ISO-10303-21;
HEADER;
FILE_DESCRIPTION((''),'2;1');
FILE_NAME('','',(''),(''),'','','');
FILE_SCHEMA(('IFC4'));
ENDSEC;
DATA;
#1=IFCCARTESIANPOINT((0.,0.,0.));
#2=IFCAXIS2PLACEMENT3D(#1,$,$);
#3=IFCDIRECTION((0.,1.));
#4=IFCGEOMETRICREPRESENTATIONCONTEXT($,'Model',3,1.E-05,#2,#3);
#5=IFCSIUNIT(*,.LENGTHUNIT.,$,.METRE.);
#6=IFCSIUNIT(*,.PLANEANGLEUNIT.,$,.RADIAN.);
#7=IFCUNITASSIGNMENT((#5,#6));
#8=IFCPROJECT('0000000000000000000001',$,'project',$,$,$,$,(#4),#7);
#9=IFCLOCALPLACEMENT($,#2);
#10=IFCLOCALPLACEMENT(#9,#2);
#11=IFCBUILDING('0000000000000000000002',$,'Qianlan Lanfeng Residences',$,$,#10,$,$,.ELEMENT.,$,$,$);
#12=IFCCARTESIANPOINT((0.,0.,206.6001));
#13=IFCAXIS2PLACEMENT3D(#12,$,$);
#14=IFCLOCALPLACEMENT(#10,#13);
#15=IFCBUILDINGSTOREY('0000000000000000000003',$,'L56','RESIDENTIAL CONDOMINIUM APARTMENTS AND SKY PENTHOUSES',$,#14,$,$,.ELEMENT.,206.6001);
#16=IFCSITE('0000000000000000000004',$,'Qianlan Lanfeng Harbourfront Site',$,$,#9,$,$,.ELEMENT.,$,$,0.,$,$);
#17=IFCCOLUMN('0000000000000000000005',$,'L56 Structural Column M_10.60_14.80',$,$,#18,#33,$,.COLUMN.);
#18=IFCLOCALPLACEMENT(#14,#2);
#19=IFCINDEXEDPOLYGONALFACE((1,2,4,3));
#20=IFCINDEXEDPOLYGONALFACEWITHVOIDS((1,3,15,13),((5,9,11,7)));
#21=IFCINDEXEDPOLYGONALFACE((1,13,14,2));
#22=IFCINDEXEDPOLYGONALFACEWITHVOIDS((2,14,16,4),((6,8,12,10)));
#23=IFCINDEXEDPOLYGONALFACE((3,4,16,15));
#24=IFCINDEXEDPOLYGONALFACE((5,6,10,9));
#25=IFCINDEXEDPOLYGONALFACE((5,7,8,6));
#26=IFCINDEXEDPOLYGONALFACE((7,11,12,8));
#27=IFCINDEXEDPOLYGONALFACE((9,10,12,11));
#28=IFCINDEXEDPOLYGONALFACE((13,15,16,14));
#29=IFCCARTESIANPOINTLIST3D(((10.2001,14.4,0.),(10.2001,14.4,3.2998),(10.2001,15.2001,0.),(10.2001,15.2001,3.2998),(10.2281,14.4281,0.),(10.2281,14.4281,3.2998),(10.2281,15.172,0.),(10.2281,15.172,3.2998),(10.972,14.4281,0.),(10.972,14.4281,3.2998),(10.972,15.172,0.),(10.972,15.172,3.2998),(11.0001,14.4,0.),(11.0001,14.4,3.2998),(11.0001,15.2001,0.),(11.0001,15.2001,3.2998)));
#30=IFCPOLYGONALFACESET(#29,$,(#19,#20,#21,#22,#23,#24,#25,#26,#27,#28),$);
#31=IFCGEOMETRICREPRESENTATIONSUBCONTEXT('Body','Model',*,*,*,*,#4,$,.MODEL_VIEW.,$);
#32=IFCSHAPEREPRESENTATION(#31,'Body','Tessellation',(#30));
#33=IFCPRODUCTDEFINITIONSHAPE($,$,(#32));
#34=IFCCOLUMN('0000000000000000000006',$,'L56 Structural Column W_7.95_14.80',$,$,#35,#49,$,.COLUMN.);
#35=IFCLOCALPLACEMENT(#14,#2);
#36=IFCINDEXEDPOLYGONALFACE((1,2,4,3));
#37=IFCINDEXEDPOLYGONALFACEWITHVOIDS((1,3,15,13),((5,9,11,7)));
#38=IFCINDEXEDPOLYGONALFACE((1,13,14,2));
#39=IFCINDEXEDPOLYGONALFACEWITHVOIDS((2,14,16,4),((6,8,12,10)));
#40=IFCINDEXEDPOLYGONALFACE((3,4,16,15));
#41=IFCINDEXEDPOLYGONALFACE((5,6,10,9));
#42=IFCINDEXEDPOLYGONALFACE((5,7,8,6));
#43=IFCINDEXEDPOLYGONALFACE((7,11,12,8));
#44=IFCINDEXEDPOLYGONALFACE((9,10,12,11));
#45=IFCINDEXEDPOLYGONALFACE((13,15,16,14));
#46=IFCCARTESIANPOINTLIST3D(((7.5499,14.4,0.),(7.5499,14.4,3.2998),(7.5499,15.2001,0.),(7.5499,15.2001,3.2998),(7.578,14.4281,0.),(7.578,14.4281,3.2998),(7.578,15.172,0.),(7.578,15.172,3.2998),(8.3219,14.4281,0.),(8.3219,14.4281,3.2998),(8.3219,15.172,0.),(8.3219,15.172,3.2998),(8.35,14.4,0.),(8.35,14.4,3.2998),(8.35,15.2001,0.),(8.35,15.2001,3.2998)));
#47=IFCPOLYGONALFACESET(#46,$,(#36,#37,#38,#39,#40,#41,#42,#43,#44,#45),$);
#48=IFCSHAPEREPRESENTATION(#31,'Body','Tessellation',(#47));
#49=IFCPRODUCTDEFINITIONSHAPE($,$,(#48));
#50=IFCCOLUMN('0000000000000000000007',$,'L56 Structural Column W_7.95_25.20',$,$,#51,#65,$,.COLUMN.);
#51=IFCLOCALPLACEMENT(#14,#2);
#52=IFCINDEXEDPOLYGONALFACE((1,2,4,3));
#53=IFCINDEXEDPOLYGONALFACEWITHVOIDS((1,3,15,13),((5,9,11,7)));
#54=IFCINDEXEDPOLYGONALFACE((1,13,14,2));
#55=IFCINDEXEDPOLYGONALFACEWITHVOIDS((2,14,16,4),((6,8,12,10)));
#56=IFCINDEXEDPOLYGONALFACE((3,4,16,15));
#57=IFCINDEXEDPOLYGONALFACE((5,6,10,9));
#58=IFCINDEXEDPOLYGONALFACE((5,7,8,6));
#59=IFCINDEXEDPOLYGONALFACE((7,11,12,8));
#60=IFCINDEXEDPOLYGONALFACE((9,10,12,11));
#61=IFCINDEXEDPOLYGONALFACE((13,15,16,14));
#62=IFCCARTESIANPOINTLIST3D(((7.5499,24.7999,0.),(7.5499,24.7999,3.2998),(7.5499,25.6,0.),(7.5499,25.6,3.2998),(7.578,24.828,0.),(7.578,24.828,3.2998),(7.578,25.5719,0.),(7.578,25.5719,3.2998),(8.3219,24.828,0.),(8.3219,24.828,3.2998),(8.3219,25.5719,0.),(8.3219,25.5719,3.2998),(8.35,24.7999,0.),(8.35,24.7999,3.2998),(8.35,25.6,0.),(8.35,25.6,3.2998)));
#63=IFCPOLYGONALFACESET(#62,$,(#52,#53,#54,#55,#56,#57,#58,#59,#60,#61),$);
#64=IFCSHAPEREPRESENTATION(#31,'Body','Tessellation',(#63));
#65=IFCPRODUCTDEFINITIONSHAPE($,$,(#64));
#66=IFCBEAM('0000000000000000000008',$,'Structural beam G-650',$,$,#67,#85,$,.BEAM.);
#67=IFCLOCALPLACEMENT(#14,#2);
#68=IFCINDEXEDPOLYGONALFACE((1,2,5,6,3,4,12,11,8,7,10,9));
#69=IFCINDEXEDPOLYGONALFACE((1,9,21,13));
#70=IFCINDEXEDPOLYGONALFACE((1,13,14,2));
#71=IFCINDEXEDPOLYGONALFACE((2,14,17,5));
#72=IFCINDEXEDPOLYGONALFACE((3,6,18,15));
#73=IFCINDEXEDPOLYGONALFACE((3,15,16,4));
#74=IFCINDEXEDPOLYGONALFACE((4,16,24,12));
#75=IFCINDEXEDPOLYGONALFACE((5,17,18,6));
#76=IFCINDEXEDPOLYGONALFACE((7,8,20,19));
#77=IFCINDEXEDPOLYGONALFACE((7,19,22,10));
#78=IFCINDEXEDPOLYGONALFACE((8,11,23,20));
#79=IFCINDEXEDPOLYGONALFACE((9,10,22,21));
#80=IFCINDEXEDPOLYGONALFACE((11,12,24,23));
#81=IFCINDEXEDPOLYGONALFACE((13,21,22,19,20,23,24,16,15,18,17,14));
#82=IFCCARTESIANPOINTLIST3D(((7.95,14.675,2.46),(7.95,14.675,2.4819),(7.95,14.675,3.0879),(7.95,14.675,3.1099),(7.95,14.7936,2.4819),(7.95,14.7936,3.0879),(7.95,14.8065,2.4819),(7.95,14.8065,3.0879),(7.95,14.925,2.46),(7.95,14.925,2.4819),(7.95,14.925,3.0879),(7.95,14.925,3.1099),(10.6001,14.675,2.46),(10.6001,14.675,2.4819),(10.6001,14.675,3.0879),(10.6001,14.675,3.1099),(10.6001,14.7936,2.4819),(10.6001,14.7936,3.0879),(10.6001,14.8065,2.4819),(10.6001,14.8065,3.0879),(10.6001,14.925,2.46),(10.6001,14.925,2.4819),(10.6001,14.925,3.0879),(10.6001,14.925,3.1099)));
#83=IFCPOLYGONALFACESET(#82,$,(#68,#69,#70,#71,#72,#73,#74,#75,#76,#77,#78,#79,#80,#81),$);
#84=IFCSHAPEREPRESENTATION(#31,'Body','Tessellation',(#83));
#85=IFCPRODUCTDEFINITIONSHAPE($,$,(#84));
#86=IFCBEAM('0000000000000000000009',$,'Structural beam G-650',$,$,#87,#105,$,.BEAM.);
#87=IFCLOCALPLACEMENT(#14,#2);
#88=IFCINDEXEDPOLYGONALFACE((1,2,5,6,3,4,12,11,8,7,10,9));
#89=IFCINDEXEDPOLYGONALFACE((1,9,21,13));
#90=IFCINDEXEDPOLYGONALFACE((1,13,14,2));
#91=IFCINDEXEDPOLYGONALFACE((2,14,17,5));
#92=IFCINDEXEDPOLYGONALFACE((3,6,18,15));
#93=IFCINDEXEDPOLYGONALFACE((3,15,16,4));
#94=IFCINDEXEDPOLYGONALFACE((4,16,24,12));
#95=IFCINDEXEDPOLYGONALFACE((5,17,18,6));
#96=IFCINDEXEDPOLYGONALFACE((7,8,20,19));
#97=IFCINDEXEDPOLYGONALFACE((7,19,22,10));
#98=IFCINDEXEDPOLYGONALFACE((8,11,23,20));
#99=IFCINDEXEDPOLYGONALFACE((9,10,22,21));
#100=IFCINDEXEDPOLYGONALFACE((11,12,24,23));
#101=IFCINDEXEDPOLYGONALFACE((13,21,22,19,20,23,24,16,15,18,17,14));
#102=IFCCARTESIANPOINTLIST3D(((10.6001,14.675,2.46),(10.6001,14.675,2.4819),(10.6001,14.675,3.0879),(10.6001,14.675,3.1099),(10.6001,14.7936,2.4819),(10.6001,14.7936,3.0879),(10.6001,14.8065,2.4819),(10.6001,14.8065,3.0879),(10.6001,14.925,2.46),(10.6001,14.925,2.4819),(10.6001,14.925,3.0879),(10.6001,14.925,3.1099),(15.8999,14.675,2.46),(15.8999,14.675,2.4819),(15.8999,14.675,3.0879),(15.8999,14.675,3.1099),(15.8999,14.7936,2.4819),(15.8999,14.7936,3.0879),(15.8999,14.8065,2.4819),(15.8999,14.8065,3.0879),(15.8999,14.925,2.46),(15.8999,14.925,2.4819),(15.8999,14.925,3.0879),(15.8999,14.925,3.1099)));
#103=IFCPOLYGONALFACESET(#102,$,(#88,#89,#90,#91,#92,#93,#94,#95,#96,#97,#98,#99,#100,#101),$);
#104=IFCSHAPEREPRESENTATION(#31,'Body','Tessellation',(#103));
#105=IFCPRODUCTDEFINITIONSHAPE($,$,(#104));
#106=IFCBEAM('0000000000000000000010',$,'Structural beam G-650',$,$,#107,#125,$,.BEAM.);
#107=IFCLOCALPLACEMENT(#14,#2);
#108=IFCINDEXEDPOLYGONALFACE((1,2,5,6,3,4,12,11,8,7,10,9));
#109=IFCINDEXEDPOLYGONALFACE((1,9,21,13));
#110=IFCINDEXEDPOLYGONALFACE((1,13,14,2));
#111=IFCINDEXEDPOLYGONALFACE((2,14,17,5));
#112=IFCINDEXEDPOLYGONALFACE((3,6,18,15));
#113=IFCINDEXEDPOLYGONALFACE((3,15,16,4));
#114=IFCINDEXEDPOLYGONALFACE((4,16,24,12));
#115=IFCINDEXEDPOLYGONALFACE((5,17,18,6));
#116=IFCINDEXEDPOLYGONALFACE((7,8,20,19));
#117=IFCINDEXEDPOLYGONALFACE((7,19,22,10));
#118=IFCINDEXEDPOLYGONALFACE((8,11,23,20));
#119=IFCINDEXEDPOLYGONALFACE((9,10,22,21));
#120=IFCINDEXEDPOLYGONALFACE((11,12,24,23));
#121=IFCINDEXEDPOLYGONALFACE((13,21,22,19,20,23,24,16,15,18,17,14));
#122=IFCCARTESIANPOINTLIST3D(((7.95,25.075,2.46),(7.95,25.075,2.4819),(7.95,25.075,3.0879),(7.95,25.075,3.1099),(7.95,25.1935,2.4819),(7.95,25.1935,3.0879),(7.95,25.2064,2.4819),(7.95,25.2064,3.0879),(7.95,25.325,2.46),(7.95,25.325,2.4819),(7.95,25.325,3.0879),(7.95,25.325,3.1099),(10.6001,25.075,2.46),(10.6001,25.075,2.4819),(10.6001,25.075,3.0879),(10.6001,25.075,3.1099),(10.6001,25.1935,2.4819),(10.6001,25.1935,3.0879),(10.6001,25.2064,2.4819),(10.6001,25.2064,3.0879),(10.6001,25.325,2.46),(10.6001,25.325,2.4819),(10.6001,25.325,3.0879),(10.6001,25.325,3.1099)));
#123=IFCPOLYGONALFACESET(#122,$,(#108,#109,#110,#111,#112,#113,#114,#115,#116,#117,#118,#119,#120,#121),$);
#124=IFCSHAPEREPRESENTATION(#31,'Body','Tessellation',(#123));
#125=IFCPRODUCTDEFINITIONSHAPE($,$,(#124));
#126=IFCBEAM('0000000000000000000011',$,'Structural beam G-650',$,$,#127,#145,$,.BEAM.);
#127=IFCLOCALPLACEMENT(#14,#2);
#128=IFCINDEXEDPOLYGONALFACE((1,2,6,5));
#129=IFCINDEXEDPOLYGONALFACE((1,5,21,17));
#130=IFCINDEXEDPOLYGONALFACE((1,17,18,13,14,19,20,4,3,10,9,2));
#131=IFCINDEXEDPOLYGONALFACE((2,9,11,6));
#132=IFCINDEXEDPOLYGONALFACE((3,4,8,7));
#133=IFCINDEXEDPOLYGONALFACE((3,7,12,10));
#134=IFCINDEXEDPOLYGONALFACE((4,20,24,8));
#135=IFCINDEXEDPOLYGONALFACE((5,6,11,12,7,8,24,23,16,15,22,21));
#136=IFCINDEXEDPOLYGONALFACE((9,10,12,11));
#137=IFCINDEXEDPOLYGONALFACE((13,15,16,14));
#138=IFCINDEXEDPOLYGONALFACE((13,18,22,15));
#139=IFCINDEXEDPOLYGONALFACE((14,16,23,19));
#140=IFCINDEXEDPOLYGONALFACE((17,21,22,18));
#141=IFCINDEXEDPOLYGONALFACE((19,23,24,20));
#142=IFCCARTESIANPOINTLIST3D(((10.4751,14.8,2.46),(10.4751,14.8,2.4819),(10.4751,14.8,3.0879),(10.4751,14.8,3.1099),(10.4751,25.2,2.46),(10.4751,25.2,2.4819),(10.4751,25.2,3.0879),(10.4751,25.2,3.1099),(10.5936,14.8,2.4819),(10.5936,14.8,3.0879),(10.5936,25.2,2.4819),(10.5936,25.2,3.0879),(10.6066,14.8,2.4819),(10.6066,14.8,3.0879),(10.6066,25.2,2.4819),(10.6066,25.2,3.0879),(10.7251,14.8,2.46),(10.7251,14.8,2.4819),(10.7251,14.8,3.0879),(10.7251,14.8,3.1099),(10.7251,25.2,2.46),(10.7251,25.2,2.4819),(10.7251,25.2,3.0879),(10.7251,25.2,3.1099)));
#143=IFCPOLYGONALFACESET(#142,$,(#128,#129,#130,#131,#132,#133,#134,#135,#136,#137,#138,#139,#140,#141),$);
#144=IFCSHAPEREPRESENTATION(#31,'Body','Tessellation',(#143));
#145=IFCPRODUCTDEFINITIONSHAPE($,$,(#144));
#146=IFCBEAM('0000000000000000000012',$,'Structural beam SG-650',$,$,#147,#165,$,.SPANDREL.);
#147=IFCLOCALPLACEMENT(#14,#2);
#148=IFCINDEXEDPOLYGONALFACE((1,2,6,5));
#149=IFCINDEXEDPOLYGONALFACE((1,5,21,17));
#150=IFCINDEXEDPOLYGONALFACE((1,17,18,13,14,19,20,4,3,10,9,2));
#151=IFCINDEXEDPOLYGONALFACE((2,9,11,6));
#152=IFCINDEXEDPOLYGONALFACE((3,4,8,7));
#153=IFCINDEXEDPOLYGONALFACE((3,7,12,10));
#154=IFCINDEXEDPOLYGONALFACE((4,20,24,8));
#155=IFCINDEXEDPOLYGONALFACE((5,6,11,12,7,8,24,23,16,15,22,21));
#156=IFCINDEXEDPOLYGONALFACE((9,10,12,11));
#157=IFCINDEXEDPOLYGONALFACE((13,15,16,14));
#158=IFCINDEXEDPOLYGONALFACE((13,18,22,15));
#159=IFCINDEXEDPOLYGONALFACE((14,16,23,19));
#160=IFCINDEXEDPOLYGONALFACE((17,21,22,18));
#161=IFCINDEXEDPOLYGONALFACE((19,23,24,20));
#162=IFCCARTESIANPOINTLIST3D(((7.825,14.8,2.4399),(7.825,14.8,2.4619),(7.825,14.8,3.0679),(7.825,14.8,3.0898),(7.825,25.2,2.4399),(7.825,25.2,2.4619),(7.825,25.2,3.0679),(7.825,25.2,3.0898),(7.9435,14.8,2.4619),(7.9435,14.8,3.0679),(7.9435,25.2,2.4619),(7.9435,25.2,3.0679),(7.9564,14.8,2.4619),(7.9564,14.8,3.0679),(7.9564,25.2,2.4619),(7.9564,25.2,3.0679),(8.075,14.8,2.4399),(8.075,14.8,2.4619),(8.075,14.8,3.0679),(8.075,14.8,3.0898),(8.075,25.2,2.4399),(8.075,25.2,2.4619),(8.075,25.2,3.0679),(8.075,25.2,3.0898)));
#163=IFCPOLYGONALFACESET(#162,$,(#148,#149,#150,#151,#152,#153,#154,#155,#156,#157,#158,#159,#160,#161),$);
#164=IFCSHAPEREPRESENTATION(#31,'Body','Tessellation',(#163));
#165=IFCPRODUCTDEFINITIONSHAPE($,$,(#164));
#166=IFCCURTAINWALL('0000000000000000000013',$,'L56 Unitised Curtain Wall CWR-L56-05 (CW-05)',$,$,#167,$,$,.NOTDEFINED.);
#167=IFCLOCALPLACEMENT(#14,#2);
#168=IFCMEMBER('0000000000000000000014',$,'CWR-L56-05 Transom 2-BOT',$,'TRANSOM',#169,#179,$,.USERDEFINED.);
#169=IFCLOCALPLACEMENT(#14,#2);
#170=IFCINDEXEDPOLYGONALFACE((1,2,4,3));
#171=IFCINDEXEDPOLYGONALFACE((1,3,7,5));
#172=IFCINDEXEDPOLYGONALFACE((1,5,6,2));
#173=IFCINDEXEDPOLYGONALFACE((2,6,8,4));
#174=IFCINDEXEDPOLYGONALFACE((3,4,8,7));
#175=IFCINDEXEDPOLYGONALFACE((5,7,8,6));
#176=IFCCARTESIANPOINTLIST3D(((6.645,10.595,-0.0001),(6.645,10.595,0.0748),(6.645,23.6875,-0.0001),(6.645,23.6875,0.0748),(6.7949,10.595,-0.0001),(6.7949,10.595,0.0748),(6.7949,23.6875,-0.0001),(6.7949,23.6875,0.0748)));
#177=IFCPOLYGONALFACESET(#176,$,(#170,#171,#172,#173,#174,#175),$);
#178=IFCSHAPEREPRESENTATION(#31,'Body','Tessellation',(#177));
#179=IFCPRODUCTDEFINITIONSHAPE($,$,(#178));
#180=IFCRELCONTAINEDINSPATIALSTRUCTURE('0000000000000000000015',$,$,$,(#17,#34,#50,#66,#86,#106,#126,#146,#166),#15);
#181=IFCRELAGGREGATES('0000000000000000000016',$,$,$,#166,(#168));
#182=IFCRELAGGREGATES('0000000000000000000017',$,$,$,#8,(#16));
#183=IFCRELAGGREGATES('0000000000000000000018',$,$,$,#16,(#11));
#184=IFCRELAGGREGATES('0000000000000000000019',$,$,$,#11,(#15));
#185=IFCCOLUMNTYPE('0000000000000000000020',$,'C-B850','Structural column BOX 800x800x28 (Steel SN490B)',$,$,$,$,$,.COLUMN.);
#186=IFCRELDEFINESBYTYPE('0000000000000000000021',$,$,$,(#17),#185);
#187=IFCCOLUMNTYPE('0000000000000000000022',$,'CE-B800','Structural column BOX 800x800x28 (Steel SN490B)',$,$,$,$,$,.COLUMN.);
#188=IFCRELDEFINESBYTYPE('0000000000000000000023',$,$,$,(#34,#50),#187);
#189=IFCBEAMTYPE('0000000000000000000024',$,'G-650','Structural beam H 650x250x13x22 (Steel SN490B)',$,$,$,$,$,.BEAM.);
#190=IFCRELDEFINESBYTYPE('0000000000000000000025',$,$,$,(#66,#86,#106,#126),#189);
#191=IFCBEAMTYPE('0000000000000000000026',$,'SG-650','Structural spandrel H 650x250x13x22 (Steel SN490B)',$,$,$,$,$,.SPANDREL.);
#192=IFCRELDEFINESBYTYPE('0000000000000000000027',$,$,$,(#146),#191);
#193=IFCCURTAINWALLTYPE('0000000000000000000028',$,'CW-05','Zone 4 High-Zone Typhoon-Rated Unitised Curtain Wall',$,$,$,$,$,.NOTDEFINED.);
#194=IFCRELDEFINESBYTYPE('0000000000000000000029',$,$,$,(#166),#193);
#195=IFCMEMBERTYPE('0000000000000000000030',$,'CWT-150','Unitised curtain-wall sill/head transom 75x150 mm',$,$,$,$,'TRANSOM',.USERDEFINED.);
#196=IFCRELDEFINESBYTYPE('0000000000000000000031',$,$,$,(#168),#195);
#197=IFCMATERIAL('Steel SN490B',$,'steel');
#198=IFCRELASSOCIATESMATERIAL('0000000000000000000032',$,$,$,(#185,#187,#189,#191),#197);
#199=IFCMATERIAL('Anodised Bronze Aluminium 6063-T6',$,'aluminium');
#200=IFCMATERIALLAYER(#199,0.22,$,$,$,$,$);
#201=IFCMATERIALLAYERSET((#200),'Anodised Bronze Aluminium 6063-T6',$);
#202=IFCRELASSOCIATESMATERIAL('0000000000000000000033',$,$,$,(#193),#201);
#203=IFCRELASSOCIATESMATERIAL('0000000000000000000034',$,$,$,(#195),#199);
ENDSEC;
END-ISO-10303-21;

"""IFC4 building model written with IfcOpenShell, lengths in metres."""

from ifc_helpers import new_model, si_unit, direction, frame, origin, origin_2d, place, context, subcontext, project, spatial, rectangle, hollow_rectangle, i_section, extrude, source, transform, mapped, material, layer, layer_set, material_profile, profile_set, type_object, element, aggregate, save


model = new_model("IFC4")

# Units and contexts
model_context = context("Model", 3, precision=1e-05, world=origin(), true_north=direction((0.0, 1.0)))
body_context = subcontext(model_context, "Body", "Model", "MODEL_VIEW")
ifc_project = project(units=[si_unit("LENGTHUNIT", "METRE"), si_unit("PLANEANGLEUNIT", "RADIAN")], contexts=[model_context])

# Site, building, storey
site_placement = place(None, origin())
site = spatial("IfcSite", under=ifc_project, at=site_placement, Name="Qianlan Lanfeng Harbourfront Site", CompositionType="ELEMENT", RefElevation=0.0)
building_placement = place(site_placement, origin())
building = spatial("IfcBuilding", under=site, at=building_placement, Name="Qianlan Lanfeng Residences", CompositionType="ELEMENT")
storey_placement = place(building_placement, frame((0.0, 0.0, 206.6001)))
storey = spatial("IfcBuildingStorey", under=building, at=storey_placement, Name="L56", Description="RESIDENTIAL CONDOMINIUM APARTMENTS AND SKY PENTHOUSES", CompositionType="ELEMENT", Elevation=206.6001)

# Columns
ifc_material_1 = material(Name="Steel SN490B", Category="steel")
ifc_material_profile_1 = material_profile(ifc_material_1, hollow_rectangle(XDim=0.8, YDim=0.8, WallThickness=0.0281, at=origin_2d()), Name="BOX 800x800x28")
ifc_profile_set_1 = profile_set([ifc_material_profile_1], Name="Steel SN490B")
column_type_1 = type_object("IfcColumnType", Name="C-B850", Description="Structural column BOX 800x800x28 (Steel SN490B)", PredefinedType="COLUMN", material=ifc_profile_set_1)
column_placement = place(storey_placement, frame((10.6001, 14.8, 0.0), z_axis=(0.0, 0.0, 1.0), x_axis=(1.0, 0.0, 0.0)))
element("IfcColumn", 1, at=column_placement, inside=storey, type_object=column_type_1, Name="L56 Structural Column M_10.60_14.80", PredefinedType="COLUMN", context=body_context, shape_type="SweptSolid", body=[
    extrude(hollow_rectangle(XDim=0.8, YDim=0.8, WallThickness=0.0281, at=origin_2d()), origin(), (0.0, 0.0, 1.0), 3.2998),
])
ifc_material_profile_2 = material_profile(ifc_material_1, hollow_rectangle(XDim=0.8, YDim=0.8, WallThickness=0.0281, at=origin_2d()), Name="BOX 800x800x28")
ifc_profile_set_2 = profile_set([ifc_material_profile_2], Name="Steel SN490B")
column_type_2 = type_object("IfcColumnType", Name="CE-B800", Description="Structural column BOX 800x800x28 (Steel SN490B)", PredefinedType="COLUMN", material=ifc_profile_set_2)
for number, where, z_axis, x_axis, name in (
    (2, (7.95, 14.8, 0.0), (0.0, 0.0, 1.0), (1.0, 0.0, 0.0), "L56 Structural Column W_7.95_14.80"),
    (3, (7.95, 25.2, 0.0), (0.0, 0.0, 1.0), (1.0, 0.0, 0.0), "L56 Structural Column W_7.95_25.20"),
):
    element("IfcColumn", number, at=place(storey_placement, frame(where, z_axis=z_axis, x_axis=x_axis)), inside=storey, type_object=column_type_2, Name=name, PredefinedType="COLUMN", context=body_context, shape_type="SweptSolid", body=[
        extrude(hollow_rectangle(XDim=0.8, YDim=0.8, WallThickness=0.0281, at=origin_2d()), origin(), (0.0, 0.0, 1.0), 3.2998),
    ])

# Beams
ifc_material_profile_3 = material_profile(ifc_material_1, i_section(OverallWidth=0.25, OverallDepth=0.6499, WebThickness=0.0129, FlangeThickness=0.022, at=origin_2d()), Name="H 650x250x13x22")
ifc_profile_set_3 = profile_set([ifc_material_profile_3], Name="Steel SN490B")
beam_type_1 = type_object("IfcBeamType", Name="G-650", Description="Structural beam H 650x250x13x22 (Steel SN490B)", PredefinedType="BEAM", material=ifc_profile_set_3)
beam_1_placement = place(storey_placement, frame((7.95, 14.8, 2.7849), z_axis=(1.0, 0.0, 0.0), x_axis=(0.0, 1.0, 0.0)))
element("IfcBeam", 4, at=beam_1_placement, inside=storey, type_object=beam_type_1, Name="Structural beam G-650", PredefinedType="BEAM", context=body_context, shape_type="SweptSolid", body=[
    extrude(i_section(OverallWidth=0.25, OverallDepth=0.6499, WebThickness=0.0129, FlangeThickness=0.022, at=origin_2d()), origin(), (0.0, 0.0, 1.0), 2.6501),
])
beam_2_placement = place(storey_placement, frame((10.6001, 14.8, 2.7849), z_axis=(1.0, 0.0, 0.0), x_axis=(0.0, 1.0, 0.0)))
element("IfcBeam", 5, at=beam_2_placement, inside=storey, type_object=beam_type_1, Name="Structural beam G-650", PredefinedType="BEAM", context=body_context, shape_type="SweptSolid", body=[
    extrude(i_section(OverallWidth=0.25, OverallDepth=0.6499, WebThickness=0.0129, FlangeThickness=0.022, at=origin_2d()), origin(), (0.0, 0.0, 1.0), 5.2998),
])
beam_3_placement = place(storey_placement, frame((7.95, 25.2, 2.7849), z_axis=(1.0, 0.0, 0.0), x_axis=(0.0, 1.0, 0.0)))
element("IfcBeam", 6, at=beam_3_placement, inside=storey, type_object=beam_type_1, Name="Structural beam G-650", PredefinedType="BEAM", context=body_context, shape_type="SweptSolid", body=[
    extrude(i_section(OverallWidth=0.25, OverallDepth=0.6499, WebThickness=0.0129, FlangeThickness=0.022, at=origin_2d()), origin(), (0.0, 0.0, 1.0), 2.6501),
])
beam_4_placement = place(storey_placement, frame((10.6001, 14.8, 2.7849), z_axis=(0.0, 1.0, 0.0), x_axis=(-1.0, 0.0, 0.0)))
element("IfcBeam", 7, at=beam_4_placement, inside=storey, type_object=beam_type_1, Name="Structural beam G-650", PredefinedType="BEAM", context=body_context, shape_type="SweptSolid", body=[
    extrude(i_section(OverallWidth=0.25, OverallDepth=0.6499, WebThickness=0.0129, FlangeThickness=0.022, at=origin_2d()), origin(), (0.0, 0.0, 1.0), 10.3999),
])
ifc_material_profile_4 = material_profile(ifc_material_1, i_section(OverallWidth=0.25, OverallDepth=0.6499, WebThickness=0.0129, FlangeThickness=0.022, at=origin_2d()), Name="H 650x250x13x22")
ifc_profile_set_4 = profile_set([ifc_material_profile_4], Name="Steel SN490B")
beam_type_2 = type_object("IfcBeamType", Name="SG-650", Description="Structural spandrel H 650x250x13x22 (Steel SN490B)", PredefinedType="SPANDREL", material=ifc_profile_set_4)
beam_5_placement = place(storey_placement, frame((7.95, 14.8, 2.7649), z_axis=(0.0, 1.0, 0.0), x_axis=(-1.0, 0.0, 0.0)))
element("IfcBeam", 8, at=beam_5_placement, inside=storey, type_object=beam_type_2, Name="Structural beam SG-650", PredefinedType="SPANDREL", context=body_context, shape_type="SweptSolid", body=[
    extrude(i_section(OverallWidth=0.25, OverallDepth=0.6499, WebThickness=0.0129, FlangeThickness=0.022, at=origin_2d()), origin(), (0.0, 0.0, 1.0), 10.3999),
])

# Curtain wall, member
ifc_material_2 = material(Name="Anodised Bronze Aluminium 6063-T6", Category="aluminium")
ifc_layer_1 = layer(ifc_material_2, 0.22)
ifc_layer_set_1 = layer_set([ifc_layer_1], Name="Anodised Bronze Aluminium 6063-T6")
curtain_wall_type = type_object("IfcCurtainWallType", Name="CW-05", Description="Zone 4 High-Zone Typhoon-Rated Unitised Curtain Wall", PredefinedType="NOTDEFINED", material=ifc_layer_set_1)
curtain_wall_placement = place(storey_placement, origin())
curtain_wall = element("IfcCurtainWall", 9, at=curtain_wall_placement, inside=storey, type_object=curtain_wall_type, Name="L56 Unitised Curtain Wall CWR-L56-05 (CW-05)", PredefinedType="NOTDEFINED")
ifc_material_profile_5 = material_profile(ifc_material_2, rectangle(XDim=0.075, YDim=0.1499, at=origin_2d()), Name="ALU TRANSOM 75x150")
ifc_profile_set_5 = profile_set([ifc_material_profile_5], Name="Anodised Bronze Aluminium 6063-T6")
member_type_1 = type_object("IfcMemberType", Name="CWT-150", Description="Unitised curtain-wall sill/head transom 75x150 mm", ElementType="TRANSOM", PredefinedType="USERDEFINED", material=ifc_profile_set_5)
shared_shape_1 = source(origin(), body_context, "Body", "SweptSolid", [
    extrude(rectangle(XDim=0.075, YDim=0.1499, at=origin_2d()), origin(), (0.0, 0.0, 1.0), 13.0925),
])
member_1_placement = place(storey_placement, frame((6.72, 23.6875, 0.0374), z_axis=(0.0, -1.0, 0.0), x_axis=(0.0, 0.0, 1.0)))
member_1 = element("IfcMember", 10, at=member_1_placement, type_object=member_type_1, Name="CWR-L56-05 Transom 2-BOT", ObjectType="TRANSOM", PredefinedType="USERDEFINED", context=body_context, shape_type="MappedRepresentation", body=[
    mapped(shared_shape_1, transform((0.0, 0.0, 0.0), scale=1.0)),
])
aggregate(curtain_wall, [member_1])

save(model, "model.ifc")
